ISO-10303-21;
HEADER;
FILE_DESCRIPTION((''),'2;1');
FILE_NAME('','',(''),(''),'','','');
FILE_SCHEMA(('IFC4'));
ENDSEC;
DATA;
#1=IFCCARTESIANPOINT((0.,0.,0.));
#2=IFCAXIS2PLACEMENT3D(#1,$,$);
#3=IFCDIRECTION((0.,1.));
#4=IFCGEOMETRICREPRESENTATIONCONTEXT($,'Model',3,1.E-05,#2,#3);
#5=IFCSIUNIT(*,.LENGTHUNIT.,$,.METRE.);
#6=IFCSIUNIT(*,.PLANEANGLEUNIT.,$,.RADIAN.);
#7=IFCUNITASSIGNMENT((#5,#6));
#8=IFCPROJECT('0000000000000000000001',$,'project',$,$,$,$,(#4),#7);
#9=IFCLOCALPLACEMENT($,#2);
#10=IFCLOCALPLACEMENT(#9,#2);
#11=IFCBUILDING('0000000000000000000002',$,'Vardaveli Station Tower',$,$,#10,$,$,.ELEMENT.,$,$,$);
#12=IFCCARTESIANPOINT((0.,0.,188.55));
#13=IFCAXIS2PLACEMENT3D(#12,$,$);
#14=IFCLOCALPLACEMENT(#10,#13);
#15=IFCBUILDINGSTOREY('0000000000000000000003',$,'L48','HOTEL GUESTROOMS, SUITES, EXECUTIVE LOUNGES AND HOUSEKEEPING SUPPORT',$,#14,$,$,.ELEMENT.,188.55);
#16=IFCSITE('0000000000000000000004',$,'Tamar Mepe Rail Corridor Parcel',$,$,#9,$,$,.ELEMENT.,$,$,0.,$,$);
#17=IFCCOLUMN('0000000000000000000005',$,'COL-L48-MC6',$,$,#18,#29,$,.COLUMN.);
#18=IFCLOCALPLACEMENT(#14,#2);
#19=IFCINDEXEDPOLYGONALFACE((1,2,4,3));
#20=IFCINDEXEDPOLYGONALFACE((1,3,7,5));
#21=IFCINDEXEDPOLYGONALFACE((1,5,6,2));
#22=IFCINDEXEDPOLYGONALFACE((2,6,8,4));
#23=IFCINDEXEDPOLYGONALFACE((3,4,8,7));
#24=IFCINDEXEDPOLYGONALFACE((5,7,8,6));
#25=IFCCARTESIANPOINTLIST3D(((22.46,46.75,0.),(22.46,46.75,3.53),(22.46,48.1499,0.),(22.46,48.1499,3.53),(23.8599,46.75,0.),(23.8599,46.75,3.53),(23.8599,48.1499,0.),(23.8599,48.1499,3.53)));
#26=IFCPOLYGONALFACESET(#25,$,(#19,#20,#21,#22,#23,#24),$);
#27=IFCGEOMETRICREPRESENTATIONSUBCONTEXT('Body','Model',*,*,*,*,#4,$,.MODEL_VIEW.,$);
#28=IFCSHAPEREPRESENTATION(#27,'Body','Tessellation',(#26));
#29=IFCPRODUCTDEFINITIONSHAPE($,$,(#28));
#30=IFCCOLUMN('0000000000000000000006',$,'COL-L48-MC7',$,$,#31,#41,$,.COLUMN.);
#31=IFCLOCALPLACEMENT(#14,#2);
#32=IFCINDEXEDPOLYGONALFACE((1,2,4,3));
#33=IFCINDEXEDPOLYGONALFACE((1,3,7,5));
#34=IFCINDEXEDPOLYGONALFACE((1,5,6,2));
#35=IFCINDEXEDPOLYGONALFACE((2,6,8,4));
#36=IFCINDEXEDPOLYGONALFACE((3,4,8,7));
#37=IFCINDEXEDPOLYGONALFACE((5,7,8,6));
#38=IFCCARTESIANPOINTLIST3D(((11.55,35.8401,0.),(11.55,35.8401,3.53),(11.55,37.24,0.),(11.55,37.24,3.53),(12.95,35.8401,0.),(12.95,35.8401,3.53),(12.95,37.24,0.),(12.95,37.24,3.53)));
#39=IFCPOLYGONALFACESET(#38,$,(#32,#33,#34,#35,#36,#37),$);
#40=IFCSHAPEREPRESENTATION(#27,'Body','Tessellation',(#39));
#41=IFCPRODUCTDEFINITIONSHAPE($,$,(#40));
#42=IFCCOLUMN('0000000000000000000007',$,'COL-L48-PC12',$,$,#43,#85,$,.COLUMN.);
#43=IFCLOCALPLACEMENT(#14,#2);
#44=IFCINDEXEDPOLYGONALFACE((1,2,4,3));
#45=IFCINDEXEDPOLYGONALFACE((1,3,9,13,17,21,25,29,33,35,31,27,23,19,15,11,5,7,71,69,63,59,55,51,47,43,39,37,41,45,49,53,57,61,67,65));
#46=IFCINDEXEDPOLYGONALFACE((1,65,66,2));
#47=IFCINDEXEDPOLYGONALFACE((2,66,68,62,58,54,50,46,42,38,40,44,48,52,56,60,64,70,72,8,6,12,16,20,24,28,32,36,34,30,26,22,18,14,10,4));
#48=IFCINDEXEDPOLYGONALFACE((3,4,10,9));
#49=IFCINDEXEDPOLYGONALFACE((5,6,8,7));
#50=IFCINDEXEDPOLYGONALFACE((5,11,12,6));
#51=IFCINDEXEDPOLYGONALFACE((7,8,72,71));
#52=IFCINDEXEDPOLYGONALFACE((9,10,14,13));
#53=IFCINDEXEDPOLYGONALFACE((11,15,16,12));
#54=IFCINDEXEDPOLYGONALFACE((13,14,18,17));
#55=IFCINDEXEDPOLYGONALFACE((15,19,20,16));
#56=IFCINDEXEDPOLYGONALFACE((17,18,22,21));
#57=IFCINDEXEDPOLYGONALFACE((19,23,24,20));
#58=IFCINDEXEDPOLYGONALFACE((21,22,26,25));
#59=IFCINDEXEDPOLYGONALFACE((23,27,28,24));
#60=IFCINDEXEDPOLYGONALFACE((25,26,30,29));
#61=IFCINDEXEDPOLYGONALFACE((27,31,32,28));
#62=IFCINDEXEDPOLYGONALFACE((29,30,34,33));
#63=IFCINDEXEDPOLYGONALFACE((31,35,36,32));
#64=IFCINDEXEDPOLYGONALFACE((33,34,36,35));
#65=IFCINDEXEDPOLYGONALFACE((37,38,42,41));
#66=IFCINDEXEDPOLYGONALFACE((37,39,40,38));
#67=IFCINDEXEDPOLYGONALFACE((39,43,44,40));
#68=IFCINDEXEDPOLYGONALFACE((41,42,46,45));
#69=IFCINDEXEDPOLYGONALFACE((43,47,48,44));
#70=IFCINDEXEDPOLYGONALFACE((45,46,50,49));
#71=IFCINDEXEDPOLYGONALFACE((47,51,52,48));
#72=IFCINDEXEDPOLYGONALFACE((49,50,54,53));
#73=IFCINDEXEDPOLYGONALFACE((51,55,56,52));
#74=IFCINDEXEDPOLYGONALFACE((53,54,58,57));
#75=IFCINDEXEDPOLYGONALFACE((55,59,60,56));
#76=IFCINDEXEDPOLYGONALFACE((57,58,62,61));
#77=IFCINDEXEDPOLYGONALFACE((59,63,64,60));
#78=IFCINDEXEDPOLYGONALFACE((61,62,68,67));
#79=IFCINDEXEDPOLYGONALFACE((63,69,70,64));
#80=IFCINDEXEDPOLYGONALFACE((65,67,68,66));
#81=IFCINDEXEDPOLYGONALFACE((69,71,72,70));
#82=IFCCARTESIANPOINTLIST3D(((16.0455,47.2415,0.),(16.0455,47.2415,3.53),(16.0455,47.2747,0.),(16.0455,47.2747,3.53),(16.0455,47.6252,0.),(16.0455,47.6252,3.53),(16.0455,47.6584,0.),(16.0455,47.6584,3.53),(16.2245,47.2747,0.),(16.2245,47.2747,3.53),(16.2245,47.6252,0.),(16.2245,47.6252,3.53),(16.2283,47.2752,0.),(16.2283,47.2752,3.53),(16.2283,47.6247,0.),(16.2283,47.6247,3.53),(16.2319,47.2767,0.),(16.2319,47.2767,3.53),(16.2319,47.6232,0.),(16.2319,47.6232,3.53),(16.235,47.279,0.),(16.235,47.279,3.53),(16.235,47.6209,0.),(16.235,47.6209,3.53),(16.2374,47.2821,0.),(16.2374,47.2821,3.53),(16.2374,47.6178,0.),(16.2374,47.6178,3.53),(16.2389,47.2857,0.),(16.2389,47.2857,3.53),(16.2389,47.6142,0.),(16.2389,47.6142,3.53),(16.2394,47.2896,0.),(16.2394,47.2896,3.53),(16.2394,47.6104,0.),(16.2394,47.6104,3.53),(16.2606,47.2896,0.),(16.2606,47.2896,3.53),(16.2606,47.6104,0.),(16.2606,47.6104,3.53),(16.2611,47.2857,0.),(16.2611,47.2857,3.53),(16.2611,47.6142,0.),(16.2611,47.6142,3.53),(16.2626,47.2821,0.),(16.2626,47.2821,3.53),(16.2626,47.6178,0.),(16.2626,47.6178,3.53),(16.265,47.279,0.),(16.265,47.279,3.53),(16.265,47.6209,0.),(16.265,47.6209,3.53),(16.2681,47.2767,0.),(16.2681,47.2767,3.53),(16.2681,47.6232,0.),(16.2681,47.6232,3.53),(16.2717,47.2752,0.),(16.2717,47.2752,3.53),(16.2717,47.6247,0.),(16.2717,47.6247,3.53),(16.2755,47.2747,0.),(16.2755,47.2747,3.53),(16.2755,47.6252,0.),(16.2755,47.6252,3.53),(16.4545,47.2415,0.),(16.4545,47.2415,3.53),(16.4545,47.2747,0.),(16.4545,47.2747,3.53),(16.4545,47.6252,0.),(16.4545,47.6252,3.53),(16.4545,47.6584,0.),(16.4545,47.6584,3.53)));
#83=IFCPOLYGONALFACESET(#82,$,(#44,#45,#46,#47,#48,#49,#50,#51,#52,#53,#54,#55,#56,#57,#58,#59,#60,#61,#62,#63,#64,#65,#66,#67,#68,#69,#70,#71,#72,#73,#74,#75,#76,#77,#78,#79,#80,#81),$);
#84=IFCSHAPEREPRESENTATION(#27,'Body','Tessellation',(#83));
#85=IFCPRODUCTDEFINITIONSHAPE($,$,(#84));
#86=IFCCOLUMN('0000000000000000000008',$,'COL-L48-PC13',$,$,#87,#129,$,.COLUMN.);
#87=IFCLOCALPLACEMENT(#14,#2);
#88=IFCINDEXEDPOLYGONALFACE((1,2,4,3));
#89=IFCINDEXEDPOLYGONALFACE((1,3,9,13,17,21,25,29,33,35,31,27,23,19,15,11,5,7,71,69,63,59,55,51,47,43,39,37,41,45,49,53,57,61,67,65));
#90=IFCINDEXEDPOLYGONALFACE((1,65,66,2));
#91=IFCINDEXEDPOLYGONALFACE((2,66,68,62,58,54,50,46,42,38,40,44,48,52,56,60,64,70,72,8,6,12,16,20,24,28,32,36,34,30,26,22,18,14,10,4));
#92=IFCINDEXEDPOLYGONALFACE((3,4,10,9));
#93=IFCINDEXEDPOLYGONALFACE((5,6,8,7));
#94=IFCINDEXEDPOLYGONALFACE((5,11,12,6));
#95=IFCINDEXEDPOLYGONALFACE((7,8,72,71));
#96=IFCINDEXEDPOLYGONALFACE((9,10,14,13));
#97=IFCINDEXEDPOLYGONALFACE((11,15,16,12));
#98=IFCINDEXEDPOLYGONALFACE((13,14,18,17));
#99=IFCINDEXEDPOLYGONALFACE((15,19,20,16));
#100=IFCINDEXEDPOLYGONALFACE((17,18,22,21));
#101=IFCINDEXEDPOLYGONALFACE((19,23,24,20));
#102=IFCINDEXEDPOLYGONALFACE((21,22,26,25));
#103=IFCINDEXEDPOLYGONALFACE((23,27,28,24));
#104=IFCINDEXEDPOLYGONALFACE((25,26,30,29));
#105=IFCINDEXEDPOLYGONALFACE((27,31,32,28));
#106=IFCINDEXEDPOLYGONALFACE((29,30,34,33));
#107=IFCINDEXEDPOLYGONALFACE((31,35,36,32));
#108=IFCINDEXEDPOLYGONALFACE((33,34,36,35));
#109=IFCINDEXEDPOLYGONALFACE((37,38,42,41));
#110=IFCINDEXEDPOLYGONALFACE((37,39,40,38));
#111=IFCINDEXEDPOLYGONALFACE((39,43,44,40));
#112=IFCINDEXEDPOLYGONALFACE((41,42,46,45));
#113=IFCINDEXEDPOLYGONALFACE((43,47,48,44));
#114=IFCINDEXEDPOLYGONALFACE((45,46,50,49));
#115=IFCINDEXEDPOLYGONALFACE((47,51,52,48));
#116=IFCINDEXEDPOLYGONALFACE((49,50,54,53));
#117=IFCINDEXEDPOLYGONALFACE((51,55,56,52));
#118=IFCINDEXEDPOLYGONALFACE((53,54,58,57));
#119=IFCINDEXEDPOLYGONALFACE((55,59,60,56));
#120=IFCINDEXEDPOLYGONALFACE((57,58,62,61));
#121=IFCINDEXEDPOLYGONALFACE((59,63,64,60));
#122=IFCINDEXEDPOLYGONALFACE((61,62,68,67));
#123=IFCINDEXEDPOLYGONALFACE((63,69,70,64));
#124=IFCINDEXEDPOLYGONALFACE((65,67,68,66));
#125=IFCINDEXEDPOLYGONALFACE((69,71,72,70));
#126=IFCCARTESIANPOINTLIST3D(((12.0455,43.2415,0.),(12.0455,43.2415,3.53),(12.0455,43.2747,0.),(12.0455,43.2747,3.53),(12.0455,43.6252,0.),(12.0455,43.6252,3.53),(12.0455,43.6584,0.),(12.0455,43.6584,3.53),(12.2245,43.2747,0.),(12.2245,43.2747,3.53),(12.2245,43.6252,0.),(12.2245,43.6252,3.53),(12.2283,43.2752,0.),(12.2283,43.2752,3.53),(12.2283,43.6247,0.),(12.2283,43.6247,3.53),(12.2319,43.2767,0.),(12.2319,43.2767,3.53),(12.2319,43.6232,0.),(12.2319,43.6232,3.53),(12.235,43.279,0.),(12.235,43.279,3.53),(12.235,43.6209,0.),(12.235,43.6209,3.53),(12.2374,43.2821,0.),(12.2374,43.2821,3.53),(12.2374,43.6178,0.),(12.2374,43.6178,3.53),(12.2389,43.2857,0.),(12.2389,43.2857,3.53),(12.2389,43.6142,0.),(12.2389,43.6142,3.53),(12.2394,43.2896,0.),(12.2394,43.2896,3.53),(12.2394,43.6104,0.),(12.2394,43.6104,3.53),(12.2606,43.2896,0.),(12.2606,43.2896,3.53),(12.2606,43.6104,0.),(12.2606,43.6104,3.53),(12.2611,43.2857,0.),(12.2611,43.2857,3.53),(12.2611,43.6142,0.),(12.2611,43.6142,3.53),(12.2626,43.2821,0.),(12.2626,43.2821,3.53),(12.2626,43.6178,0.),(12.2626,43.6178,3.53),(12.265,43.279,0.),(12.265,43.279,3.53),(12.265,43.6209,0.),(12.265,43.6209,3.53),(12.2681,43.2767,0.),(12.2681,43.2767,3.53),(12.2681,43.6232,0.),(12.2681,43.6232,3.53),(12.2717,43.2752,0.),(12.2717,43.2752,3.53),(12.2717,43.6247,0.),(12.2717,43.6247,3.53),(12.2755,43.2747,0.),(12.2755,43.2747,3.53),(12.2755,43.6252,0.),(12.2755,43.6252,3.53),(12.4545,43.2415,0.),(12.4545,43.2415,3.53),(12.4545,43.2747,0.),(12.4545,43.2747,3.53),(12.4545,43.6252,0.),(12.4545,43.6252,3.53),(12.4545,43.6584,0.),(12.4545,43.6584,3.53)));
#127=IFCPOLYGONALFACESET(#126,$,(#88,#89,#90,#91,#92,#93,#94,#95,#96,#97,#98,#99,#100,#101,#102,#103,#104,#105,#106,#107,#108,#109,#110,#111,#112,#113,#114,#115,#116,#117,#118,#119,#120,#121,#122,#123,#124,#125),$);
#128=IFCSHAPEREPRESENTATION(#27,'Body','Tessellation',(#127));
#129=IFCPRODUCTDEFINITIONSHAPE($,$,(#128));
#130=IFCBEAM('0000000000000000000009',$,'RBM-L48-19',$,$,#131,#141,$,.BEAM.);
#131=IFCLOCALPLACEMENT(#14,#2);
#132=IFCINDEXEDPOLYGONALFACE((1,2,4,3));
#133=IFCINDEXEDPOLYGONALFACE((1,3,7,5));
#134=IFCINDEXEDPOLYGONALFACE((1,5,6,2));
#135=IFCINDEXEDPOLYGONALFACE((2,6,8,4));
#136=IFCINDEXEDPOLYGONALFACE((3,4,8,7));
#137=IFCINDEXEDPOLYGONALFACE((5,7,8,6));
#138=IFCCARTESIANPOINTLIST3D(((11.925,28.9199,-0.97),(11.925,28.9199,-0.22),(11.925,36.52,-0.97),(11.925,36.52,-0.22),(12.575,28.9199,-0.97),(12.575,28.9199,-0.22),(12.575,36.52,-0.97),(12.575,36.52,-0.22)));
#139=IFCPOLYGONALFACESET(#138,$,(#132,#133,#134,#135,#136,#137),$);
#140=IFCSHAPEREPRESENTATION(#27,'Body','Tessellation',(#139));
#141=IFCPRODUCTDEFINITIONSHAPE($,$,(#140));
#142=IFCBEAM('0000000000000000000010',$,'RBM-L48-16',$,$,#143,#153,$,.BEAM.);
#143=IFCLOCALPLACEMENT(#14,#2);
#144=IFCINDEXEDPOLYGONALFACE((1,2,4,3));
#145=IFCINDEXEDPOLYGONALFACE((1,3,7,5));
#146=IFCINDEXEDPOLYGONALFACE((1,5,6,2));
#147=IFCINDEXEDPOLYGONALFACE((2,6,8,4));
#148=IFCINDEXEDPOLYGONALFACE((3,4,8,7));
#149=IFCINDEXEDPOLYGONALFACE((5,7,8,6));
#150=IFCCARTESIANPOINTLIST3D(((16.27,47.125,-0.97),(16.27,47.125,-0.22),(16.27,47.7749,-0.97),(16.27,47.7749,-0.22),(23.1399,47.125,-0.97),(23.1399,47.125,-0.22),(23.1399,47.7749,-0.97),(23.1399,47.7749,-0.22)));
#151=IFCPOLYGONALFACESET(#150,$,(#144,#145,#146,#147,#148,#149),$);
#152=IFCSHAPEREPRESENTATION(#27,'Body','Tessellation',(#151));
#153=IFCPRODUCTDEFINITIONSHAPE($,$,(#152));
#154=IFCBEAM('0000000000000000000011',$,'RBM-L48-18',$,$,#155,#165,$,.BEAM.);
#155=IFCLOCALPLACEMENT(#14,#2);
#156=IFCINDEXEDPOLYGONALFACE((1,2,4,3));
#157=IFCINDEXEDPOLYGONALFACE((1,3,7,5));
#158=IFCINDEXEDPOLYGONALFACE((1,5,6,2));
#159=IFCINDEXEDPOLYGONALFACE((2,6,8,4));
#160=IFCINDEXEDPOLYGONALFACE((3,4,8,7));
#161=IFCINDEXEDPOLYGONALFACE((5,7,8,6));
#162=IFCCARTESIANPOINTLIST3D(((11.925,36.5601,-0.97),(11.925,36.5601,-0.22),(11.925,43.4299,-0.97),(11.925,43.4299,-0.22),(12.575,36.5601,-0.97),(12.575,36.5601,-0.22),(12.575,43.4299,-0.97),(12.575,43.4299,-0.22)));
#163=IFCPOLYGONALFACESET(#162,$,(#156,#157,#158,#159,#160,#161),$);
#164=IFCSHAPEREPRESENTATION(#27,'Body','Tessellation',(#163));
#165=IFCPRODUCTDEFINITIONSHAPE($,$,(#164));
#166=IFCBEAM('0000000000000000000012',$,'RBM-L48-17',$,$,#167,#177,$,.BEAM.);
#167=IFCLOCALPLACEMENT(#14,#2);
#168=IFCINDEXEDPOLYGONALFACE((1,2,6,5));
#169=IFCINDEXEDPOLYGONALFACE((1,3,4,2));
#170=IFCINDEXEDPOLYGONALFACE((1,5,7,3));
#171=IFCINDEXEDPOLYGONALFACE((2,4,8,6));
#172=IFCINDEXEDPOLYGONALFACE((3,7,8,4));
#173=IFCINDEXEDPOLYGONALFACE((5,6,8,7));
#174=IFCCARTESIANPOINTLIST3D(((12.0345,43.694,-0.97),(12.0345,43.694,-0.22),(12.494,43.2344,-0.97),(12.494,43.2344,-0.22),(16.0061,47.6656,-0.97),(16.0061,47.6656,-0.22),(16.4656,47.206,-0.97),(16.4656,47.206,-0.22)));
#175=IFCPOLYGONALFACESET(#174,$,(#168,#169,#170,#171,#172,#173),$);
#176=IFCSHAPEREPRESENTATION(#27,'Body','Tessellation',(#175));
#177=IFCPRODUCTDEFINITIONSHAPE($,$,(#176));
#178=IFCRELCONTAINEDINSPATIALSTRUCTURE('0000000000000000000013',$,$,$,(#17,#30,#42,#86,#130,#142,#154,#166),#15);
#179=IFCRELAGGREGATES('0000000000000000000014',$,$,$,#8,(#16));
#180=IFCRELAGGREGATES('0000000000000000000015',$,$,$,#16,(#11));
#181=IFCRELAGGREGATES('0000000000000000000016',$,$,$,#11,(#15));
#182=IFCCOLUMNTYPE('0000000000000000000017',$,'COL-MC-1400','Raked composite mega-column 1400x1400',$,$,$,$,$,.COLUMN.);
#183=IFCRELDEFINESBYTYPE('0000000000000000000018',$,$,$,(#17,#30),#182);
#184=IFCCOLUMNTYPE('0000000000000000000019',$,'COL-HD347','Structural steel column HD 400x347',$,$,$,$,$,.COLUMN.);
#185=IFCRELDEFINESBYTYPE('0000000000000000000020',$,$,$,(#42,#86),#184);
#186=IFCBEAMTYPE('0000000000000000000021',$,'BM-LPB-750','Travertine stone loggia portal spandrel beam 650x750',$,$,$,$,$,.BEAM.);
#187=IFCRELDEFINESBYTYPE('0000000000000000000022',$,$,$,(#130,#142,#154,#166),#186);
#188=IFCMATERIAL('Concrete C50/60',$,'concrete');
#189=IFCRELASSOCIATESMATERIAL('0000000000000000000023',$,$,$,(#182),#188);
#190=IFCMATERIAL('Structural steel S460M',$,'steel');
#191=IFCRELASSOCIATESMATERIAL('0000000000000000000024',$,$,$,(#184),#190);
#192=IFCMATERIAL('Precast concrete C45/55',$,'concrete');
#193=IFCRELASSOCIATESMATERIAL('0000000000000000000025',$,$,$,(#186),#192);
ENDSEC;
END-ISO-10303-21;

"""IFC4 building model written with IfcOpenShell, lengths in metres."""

from ifc_helpers import new_model, si_unit, direction, frame, origin, origin_2d, place, context, subcontext, project, spatial, rectangle, i_section, extrude, source, transform, mapped, material, material_profile, profile_set, type_object, element, save


model = new_model("IFC4")

# Units and contexts
model_context = context("Model", 3, precision=1e-05, world=origin(), true_north=direction((0.0, 1.0)))
body_context = subcontext(model_context, "Body", "Model", "MODEL_VIEW")
ifc_project = project(units=[si_unit("LENGTHUNIT", "METRE"), si_unit("PLANEANGLEUNIT", "RADIAN")], contexts=[model_context])

# Site, building, storey
site_placement = place(None, origin())
site = spatial("IfcSite", under=ifc_project, at=site_placement, Name="Tamar Mepe Rail Corridor Parcel", CompositionType="ELEMENT", RefElevation=0.0)
building_placement = place(site_placement, origin())
building = spatial("IfcBuilding", under=site, at=building_placement, Name="Vardaveli Station Tower", CompositionType="ELEMENT")
storey_placement = place(building_placement, frame((0.0, 0.0, 188.55)))
storey = spatial("IfcBuildingStorey", under=building, at=storey_placement, Name="L48", Description="HOTEL GUESTROOMS, SUITES, EXECUTIVE LOUNGES AND HOUSEKEEPING SUPPORT", CompositionType="ELEMENT", Elevation=188.55)

# Columns
ifc_material_1 = material(Name="Concrete C50/60", Category="concrete")
ifc_material_profile_1 = material_profile(ifc_material_1, rectangle(XDim=1.3999, YDim=1.3999, at=origin_2d()), Name="MC 1400x1400")
ifc_profile_set_1 = profile_set([ifc_material_profile_1], Name="Concrete C50/60")
column_type_1 = type_object("IfcColumnType", Name="COL-MC-1400", Description="Raked composite mega-column 1400x1400", PredefinedType="COLUMN", material=ifc_profile_set_1)
shared_shape_1 = source(origin(), body_context, "Body", "SweptSolid", [
    extrude(rectangle(XDim=1.3999, YDim=1.3999, at=origin_2d()), origin(), (0.0, 0.0, 1.0), 3.53),
])
for number, where, z_axis, x_axis, name in (
    (1, (23.1599, 47.45, 0.0), (0.0, 0.0, 1.0), (1.0, 0.0, 0.0), "COL-L48-MC6"),
    (2, (12.25, 36.54, 0.0), (0.0, 0.0, 1.0), (1.0, 0.0, 0.0), "COL-L48-MC7"),
):
    element("IfcColumn", number, at=place(storey_placement, frame(where, z_axis=z_axis, x_axis=x_axis)), inside=storey, type_object=column_type_1, Name=name, PredefinedType="COLUMN", context=body_context, shape_type="MappedRepresentation", body=[
        mapped(shared_shape_1, transform((0.0, 0.0, 0.0), scale=1.0)),
    ])
ifc_material_2 = material(Name="Structural steel S460M", Category="steel")
ifc_material_profile_2 = material_profile(ifc_material_2, i_section(OverallWidth=0.4089, OverallDepth=0.417, WebThickness=0.0212, FlangeThickness=0.0332, FilletRadius=0.0149, at=origin_2d()), Name="HD 400x347")
ifc_profile_set_2 = profile_set([ifc_material_profile_2], Name="Structural steel S460M")
column_type_2 = type_object("IfcColumnType", Name="COL-HD347", Description="Structural steel column HD 400x347", PredefinedType="COLUMN", material=ifc_profile_set_2)
shared_shape_2 = source(origin(), body_context, "Body", "SweptSolid", [
    extrude(i_section(OverallWidth=0.4089, OverallDepth=0.417, WebThickness=0.0212, FlangeThickness=0.0332, FilletRadius=0.0149, at=origin_2d()), origin(), (0.0, 0.0, 1.0), 3.53),
])
for number, where, z_axis, x_axis, name in (
    (3, (16.25, 47.45, 0.0), (0.0, 0.0, 1.0), (1.0, 0.0, 0.0), "COL-L48-PC12"),
    (4, (12.25, 43.45, 0.0), (0.0, 0.0, 1.0), (1.0, 0.0, 0.0), "COL-L48-PC13"),
):
    element("IfcColumn", number, at=place(storey_placement, frame(where, z_axis=z_axis, x_axis=x_axis)), inside=storey, type_object=column_type_2, Name=name, PredefinedType="COLUMN", context=body_context, shape_type="MappedRepresentation", body=[
        mapped(shared_shape_2, transform((0.0, 0.0, 0.0), scale=1.0)),
    ])

# Beams
ifc_material_3 = material(Name="Precast concrete C45/55", Category="concrete")
ifc_material_profile_3 = material_profile(ifc_material_3, rectangle(XDim=0.6499, YDim=0.75, at=origin_2d()), Name="LPB 650x750")
ifc_profile_set_3 = profile_set([ifc_material_profile_3], Name="Precast concrete C45/55")
beam_type_1 = type_object("IfcBeamType", Name="BM-LPB-750", Description="Travertine stone loggia portal spandrel beam 650x750", PredefinedType="BEAM", material=ifc_profile_set_3)
shared_shape_3 = source(origin(), body_context, "Body", "SweptSolid", [
    extrude(rectangle(XDim=0.6499, YDim=0.75, at=origin_2d()), origin(), (0.0, 0.0, 1.0), 7.6001),
])
beam_1_placement = place(storey_placement, frame((12.25, 36.52, -0.595), z_axis=(0.0, -1.0, 0.0), x_axis=(1.0, 0.0, 0.0)))
element("IfcBeam", 5, at=beam_1_placement, inside=storey, type_object=beam_type_1, Name="RBM-L48-19", PredefinedType="BEAM", context=body_context, shape_type="MappedRepresentation", body=[
    mapped(shared_shape_3, transform((0.0, 0.0, 0.0), scale=1.0)),
])
shared_shape_4 = source(origin(), body_context, "Body", "SweptSolid", [
    extrude(rectangle(XDim=0.6499, YDim=0.75, at=origin_2d()), origin(), (0.0, 0.0, 1.0), 6.8699),
])
for number, where, z_axis, x_axis, name in (
    (6, (23.1399, 47.45, -0.595), (-1.0, 0.0, 0.0), (0.0, -1.0, 0.0), "RBM-L48-16"),
    (7, (12.25, 43.4299, -0.595), (0.0, -1.0, 0.0), (1.0, 0.0, 0.0), "RBM-L48-18"),
):
    element("IfcBeam", number, at=place(storey_placement, frame(where, z_axis=z_axis, x_axis=x_axis)), inside=storey, type_object=beam_type_1, Name=name, PredefinedType="BEAM", context=body_context, shape_type="MappedRepresentation", body=[
        mapped(shared_shape_4, transform((0.0, 0.0, 0.0), scale=1.0)),
    ])
shared_shape_5 = source(origin(), body_context, "Body", "SweptSolid", [
    extrude(rectangle(XDim=0.6499, YDim=0.75, at=origin_2d()), origin(), (0.0, 0.0, 1.0), 5.6167),
])
beam_2_placement = place(storey_placement, frame((16.2358, 47.4358, -0.595), z_axis=(-0.707107, -0.707107, 0.0), x_axis=(0.707107, -0.707107, 0.0)))
element("IfcBeam", 8, at=beam_2_placement, inside=storey, type_object=beam_type_1, Name="RBM-L48-17", PredefinedType="BEAM", context=body_context, shape_type="MappedRepresentation", body=[
    mapped(shared_shape_5, transform((0.0, 0.0, 0.0), scale=1.0)),
])

save(model, "model.ifc")
